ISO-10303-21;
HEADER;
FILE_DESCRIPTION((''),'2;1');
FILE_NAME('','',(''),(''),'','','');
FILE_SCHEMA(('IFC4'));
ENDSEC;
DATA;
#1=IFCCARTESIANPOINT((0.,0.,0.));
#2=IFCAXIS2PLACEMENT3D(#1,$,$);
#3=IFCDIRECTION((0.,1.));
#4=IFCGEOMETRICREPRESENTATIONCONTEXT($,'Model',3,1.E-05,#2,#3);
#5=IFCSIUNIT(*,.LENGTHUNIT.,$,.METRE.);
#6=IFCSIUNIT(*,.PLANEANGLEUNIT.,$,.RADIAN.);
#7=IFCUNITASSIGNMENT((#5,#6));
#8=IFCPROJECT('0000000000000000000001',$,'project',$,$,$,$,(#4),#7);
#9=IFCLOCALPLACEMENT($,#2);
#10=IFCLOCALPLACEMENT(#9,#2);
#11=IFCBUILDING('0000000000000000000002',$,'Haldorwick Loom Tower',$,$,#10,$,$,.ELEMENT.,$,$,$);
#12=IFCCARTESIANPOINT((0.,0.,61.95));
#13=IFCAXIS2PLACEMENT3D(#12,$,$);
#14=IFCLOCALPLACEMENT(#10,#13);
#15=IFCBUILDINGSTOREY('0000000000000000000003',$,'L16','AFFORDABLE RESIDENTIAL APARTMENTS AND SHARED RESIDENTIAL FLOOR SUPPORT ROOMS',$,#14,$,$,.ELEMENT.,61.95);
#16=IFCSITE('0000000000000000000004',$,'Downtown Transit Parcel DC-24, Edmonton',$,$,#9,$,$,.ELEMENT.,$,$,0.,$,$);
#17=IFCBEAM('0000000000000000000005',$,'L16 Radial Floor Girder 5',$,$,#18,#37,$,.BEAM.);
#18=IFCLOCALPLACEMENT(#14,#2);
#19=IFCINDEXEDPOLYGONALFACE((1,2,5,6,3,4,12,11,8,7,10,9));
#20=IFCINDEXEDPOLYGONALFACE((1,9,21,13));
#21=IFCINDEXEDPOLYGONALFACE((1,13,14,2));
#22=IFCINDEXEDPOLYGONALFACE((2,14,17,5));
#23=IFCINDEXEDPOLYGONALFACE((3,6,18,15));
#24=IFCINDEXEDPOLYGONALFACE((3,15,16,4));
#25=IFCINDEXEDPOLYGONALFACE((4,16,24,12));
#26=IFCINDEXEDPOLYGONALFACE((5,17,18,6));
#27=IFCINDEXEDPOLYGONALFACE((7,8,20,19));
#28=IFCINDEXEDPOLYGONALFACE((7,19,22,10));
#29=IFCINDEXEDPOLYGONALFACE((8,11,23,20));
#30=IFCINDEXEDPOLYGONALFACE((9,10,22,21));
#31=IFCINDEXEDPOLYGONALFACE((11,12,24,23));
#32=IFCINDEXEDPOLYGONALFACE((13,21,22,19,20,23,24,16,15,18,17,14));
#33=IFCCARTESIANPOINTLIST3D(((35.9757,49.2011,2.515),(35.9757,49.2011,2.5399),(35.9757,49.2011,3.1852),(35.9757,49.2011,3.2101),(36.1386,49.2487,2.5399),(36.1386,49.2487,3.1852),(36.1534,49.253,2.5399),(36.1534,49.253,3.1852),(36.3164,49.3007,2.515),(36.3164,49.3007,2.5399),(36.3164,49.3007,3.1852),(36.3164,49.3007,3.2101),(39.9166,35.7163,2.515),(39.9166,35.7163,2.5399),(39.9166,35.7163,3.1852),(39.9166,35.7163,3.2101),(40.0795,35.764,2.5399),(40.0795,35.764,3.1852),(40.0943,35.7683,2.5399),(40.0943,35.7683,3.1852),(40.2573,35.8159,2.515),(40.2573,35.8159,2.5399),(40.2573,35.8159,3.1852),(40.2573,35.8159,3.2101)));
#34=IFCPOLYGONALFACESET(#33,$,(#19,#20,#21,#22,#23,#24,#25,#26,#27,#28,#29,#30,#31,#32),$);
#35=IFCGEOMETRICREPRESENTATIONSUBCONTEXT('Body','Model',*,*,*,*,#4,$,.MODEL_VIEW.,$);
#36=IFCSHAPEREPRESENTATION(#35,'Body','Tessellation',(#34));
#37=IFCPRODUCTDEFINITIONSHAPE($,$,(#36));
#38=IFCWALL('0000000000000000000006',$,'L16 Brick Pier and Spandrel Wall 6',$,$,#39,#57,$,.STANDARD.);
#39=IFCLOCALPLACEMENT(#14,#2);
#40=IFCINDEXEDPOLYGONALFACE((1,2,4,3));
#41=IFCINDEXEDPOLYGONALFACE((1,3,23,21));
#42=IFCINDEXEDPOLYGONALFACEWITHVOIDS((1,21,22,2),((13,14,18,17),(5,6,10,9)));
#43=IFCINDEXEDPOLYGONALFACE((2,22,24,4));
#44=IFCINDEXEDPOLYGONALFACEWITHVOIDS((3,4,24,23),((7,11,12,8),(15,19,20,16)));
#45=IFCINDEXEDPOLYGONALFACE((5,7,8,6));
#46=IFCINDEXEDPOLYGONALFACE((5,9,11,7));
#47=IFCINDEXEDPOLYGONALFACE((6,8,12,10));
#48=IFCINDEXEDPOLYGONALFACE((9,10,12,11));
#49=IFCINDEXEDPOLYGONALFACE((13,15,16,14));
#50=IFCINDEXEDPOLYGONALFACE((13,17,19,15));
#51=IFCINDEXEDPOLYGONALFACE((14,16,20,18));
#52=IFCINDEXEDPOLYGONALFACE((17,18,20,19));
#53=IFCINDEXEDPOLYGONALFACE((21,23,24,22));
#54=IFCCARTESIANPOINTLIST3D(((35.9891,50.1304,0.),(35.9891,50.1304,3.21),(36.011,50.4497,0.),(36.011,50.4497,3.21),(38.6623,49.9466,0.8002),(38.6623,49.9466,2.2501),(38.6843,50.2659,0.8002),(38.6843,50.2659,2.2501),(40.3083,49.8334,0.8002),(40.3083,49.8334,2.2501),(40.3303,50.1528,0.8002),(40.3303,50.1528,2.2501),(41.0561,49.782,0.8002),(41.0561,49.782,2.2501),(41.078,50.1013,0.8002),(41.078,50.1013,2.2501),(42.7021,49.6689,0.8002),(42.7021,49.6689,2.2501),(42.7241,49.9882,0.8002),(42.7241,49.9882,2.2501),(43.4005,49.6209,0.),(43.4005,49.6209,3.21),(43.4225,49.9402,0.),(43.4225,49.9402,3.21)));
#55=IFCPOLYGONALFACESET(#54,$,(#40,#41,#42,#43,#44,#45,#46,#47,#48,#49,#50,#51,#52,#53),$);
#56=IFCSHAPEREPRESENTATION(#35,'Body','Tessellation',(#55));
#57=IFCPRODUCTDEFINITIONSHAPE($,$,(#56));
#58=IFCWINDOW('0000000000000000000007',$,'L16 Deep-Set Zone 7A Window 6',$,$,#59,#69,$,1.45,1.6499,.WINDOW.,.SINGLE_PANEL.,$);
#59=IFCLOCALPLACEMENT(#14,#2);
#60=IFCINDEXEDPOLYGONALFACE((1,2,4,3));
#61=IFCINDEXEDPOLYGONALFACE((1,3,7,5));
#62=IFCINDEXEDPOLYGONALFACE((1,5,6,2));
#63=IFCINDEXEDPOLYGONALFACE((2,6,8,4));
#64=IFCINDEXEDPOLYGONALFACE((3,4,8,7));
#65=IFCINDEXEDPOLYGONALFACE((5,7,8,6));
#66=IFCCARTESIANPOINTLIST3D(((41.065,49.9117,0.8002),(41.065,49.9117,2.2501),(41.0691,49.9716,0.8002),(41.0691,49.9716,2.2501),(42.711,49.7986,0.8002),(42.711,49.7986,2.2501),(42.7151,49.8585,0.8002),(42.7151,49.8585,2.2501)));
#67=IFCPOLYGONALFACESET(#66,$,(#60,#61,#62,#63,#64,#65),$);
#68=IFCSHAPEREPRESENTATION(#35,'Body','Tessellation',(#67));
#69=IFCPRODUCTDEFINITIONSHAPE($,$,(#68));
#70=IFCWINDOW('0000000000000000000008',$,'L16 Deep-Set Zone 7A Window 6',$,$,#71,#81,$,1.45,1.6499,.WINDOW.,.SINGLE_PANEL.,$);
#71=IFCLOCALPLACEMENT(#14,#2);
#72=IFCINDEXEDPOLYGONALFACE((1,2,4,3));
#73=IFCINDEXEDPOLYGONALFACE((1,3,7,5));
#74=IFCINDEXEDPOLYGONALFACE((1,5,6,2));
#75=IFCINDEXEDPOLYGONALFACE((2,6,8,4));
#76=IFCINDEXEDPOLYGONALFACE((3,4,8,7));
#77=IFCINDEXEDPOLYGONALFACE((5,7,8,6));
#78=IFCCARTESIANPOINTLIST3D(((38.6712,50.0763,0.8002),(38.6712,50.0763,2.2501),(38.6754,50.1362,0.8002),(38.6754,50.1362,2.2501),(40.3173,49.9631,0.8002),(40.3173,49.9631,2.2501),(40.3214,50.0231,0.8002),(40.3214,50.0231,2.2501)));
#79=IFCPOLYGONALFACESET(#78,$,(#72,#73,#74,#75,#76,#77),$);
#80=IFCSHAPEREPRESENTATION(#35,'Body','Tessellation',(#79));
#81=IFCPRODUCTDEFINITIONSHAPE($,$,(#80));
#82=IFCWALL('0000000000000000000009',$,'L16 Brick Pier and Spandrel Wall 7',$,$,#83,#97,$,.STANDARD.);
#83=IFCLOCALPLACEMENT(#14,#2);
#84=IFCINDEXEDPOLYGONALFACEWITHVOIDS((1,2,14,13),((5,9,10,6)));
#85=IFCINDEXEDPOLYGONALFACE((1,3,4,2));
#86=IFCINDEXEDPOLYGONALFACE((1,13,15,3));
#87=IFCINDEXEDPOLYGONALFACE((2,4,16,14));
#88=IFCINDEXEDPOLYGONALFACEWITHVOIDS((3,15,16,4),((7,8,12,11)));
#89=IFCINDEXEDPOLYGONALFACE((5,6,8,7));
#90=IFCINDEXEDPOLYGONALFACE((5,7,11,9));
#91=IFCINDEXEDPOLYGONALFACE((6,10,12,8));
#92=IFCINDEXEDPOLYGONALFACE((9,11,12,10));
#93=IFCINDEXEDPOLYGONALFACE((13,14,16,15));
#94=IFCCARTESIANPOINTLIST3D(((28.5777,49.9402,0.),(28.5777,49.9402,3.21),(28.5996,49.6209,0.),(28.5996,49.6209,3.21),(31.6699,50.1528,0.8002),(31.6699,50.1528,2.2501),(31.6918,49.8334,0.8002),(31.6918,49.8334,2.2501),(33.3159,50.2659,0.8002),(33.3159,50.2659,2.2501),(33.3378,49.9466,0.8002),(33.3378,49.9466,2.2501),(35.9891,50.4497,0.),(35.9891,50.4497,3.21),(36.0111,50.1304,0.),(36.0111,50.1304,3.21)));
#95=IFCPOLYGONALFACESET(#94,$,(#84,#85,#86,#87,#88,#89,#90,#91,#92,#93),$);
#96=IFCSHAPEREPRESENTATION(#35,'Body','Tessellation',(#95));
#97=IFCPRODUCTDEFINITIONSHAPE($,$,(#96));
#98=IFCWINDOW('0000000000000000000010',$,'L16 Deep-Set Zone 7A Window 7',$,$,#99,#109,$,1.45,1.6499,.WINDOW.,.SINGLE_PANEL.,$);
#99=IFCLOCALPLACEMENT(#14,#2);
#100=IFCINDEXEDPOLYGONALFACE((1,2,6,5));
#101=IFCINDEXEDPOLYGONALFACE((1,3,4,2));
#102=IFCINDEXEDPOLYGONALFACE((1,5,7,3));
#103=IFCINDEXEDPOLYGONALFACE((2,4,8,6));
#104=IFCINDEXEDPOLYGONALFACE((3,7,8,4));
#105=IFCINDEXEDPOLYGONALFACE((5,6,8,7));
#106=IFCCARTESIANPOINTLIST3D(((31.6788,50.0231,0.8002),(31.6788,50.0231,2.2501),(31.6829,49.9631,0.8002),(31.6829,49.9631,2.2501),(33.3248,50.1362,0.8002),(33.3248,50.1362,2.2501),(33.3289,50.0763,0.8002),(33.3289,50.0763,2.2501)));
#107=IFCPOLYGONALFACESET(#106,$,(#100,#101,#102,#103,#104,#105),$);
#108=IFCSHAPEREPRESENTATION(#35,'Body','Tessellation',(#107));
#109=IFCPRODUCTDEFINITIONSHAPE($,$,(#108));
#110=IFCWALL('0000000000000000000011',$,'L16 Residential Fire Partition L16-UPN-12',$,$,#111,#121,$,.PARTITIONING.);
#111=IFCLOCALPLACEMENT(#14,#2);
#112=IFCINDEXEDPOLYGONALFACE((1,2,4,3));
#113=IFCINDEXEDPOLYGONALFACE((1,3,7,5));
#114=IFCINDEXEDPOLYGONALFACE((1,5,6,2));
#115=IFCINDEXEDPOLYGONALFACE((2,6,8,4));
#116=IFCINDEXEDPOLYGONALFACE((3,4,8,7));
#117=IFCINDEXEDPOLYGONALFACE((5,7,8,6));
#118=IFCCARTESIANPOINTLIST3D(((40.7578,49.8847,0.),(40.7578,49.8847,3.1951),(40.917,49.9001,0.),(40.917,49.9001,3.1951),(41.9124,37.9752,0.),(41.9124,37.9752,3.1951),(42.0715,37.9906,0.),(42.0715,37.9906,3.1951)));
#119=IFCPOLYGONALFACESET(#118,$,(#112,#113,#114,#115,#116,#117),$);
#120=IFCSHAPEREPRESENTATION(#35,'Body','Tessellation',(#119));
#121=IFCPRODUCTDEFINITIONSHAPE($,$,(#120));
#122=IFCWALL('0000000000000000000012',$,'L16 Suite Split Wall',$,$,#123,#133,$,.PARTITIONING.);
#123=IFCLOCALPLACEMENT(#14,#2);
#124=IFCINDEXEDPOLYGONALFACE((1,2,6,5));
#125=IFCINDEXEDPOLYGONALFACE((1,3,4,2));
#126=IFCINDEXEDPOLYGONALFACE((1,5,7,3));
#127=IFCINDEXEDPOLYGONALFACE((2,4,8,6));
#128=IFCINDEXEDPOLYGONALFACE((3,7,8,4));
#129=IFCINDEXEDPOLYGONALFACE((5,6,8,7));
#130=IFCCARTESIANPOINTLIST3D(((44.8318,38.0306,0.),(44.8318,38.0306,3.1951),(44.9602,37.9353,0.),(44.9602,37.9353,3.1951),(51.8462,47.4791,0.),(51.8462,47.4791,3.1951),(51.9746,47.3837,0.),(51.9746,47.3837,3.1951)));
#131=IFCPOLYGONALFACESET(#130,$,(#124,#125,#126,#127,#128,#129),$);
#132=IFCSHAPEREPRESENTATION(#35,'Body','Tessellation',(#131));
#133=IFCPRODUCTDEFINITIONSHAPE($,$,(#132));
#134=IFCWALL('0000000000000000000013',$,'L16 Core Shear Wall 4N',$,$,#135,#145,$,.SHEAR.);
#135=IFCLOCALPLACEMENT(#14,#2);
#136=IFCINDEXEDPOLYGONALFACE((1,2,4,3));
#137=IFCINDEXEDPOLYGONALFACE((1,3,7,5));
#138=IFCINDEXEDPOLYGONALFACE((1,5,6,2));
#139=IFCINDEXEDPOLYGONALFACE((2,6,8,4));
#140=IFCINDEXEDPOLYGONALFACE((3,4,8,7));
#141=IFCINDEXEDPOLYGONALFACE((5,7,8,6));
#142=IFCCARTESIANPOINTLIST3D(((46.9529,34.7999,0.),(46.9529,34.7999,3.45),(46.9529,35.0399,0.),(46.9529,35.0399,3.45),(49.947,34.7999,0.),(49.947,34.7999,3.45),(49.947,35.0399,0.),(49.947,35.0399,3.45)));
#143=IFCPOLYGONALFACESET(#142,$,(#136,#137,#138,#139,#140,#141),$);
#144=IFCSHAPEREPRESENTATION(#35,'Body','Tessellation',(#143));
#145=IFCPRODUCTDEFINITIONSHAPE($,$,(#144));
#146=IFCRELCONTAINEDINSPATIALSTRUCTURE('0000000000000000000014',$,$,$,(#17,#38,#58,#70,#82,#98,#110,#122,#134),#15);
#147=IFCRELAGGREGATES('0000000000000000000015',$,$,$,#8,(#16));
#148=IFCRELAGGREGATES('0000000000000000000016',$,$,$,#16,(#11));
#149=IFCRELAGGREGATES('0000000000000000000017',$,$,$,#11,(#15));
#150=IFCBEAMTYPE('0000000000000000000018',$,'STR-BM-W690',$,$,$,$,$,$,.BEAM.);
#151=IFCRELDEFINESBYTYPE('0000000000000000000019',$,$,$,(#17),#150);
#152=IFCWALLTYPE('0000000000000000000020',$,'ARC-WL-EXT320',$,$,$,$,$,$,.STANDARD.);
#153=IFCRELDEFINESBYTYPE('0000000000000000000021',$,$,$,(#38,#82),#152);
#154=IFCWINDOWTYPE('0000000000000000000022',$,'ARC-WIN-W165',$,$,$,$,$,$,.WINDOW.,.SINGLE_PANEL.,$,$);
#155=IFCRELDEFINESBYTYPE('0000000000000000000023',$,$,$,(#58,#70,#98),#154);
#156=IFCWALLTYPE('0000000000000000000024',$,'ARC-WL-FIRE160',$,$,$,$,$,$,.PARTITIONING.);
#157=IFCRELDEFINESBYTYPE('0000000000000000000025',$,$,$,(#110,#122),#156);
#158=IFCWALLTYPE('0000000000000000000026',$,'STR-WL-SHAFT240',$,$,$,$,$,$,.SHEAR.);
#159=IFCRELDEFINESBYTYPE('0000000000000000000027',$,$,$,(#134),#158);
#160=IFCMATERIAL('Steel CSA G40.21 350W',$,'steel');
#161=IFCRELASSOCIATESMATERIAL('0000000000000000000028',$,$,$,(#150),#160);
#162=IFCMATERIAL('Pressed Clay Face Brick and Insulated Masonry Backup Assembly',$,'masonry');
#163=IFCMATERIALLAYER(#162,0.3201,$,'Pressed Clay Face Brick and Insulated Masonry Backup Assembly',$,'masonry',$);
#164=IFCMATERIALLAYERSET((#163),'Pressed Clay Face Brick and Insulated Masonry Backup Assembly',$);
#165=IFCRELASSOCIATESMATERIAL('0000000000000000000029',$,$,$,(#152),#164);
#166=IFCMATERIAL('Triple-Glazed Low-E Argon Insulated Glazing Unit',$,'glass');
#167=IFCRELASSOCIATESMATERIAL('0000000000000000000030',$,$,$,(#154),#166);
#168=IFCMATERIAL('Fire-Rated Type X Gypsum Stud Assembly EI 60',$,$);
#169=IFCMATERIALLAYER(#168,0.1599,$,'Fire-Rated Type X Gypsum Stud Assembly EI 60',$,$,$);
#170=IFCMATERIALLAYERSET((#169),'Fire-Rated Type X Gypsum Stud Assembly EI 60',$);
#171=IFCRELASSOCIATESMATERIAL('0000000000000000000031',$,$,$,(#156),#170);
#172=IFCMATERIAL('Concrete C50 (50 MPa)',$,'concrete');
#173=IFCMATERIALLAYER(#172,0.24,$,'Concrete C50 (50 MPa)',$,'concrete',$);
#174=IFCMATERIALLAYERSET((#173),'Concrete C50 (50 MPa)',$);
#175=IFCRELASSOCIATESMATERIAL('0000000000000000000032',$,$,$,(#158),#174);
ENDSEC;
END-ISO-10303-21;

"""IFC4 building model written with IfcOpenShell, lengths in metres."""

from ifc_helpers import new_model, si_unit, direction, frame, frame_2d, origin, origin_2d, place, context, subcontext, project, spatial, rectangle, i_section, extrude, material, layer, layer_set, material_profile, profile_set, type_object, element, fill, save


model = new_model("IFC4")

# Units and contexts
model_context = context("Model", 3, precision=1e-05, world=origin(), true_north=direction((0.0, 1.0)))
body_context = subcontext(model_context, "Body", "Model", "MODEL_VIEW")
ifc_project = project(units=[si_unit("LENGTHUNIT", "METRE"), si_unit("PLANEANGLEUNIT", "RADIAN")], contexts=[model_context])

# Site, building, storey
site_placement = place(None, origin())
site = spatial("IfcSite", under=ifc_project, at=site_placement, Name="Downtown Transit Parcel DC-24, Edmonton", CompositionType="ELEMENT", RefElevation=0.0)
building_placement = place(site_placement, origin())
building = spatial("IfcBuilding", under=site, at=building_placement, Name="Haldorwick Loom Tower", CompositionType="ELEMENT")
storey_placement = place(building_placement, frame((0.0, 0.0, 61.95)))
storey = spatial("IfcBuildingStorey", under=building, at=storey_placement, Name="L16", Description="AFFORDABLE RESIDENTIAL APARTMENTS AND SHARED RESIDENTIAL FLOOR SUPPORT ROOMS", CompositionType="ELEMENT", Elevation=61.95)

# Beam
ifc_material_1 = material(Name="Steel CSA G40.21 350W", Category="steel")
ifc_material_profile_1 = material_profile(ifc_material_1, i_section(OverallWidth=0.355, OverallDepth=0.6951, WebThickness=0.0154, FlangeThickness=0.0249, at=origin_2d()), Name="W690X217", Category="steel")
ifc_profile_set_1 = profile_set([ifc_material_profile_1], Name="Steel CSA G40.21 350W")
beam_type_1 = type_object("IfcBeamType", Name="STR-BM-W690", PredefinedType="BEAM", material=ifc_profile_set_1)
beam_1_placement = place(storey_placement, frame((40.0869, 35.7661, 2.8625), z_axis=(-0.280514, 0.95985, 0.0), x_axis=(-0.95985, -0.280514, 0.0)))
element("IfcBeam", 1, at=beam_1_placement, inside=storey, type_object=beam_type_1, Name="L16 Radial Floor Girder 5", PredefinedType="BEAM", context=body_context, shape_type="SweptSolid", body=[
    extrude(i_section(OverallWidth=0.355, OverallDepth=0.6951, WebThickness=0.0154, FlangeThickness=0.0249, at=origin_2d()), origin(), (0.0, 0.0, 1.0), 14.0488),
])

# Wall, openings, windows
ifc_material_2 = material(Name="Pressed Clay Face Brick and Insulated Masonry Backup Assembly", Category="masonry")
ifc_layer_1 = layer(ifc_material_2, 0.3201, Name="Pressed Clay Face Brick and Insulated Masonry Backup Assembly", Category="masonry")
ifc_layer_set_1 = layer_set([ifc_layer_1], Name="Pressed Clay Face Brick and Insulated Masonry Backup Assembly")
wall_type_1 = type_object("IfcWallType", Name="ARC-WL-EXT320", PredefinedType="STANDARD", material=ifc_layer_set_1)
wall_1_placement = place(storey_placement, frame((43.4114, 49.7805, 0.0), z_axis=(0.0, 0.0, 1.0), x_axis=(-0.997645, 0.068587, 0.0)))
wall_1 = element("IfcWall", 2, at=wall_1_placement, inside=storey, type_object=wall_type_1, Name="L16 Brick Pier and Spandrel Wall 6", PredefinedType="STANDARD", context=body_context, shape_type="SweptSolid", body=[
    extrude(rectangle(XDim=7.429, YDim=0.3201, at=frame_2d((3.7144, 0.0))), origin(), (0.0, 0.0, 1.0), 3.21),
])
opening_1_placement = place(wall_1_placement, frame((0.7, 0.0, 0.8)))
opening_1 = element("IfcOpeningElement", 3, at=opening_1_placement, cuts=wall_1, PredefinedType="OPENING", context=body_context, shape_type="SweptSolid", body=[
    extrude(rectangle(XDim=1.6499, YDim=1.45, at=frame_2d((0.825, 0.7251))), frame((0.0, 0.1699, 0.0), z_axis=(0.0, -1.0, 0.0), x_axis=(1.0, 0.0, 0.0)), (0.0, 0.0, 1.0), 0.3401),
])
opening_2_placement = place(wall_1_placement, frame((3.0994, 0.0, 0.8)))
opening_2 = element("IfcOpeningElement", 4, at=opening_2_placement, cuts=wall_1, PredefinedType="OPENING", context=body_context, shape_type="SweptSolid", body=[
    extrude(rectangle(XDim=1.6499, YDim=1.45, at=frame_2d((0.825, 0.7251))), frame((0.0, 0.1699, 0.0), z_axis=(0.0, -1.0, 0.0), x_axis=(1.0, 0.0, 0.0)), (0.0, 0.0, 1.0), 0.3401),
])
ifc_material_3 = material(Name="Triple-Glazed Low-E Argon Insulated Glazing Unit", Category="glass")
window_type = type_object("IfcWindowType", Name="ARC-WIN-W165", PartitioningType="SINGLE_PANEL", PredefinedType="WINDOW", material=ifc_material_3)
window_1_placement = place(opening_1_placement, origin())
window_1 = element("IfcWindow", 5, at=window_1_placement, inside=storey, type_object=window_type, Name="L16 Deep-Set Zone 7A Window 6", OverallHeight=1.45, OverallWidth=1.6499, PartitioningType="SINGLE_PANEL", PredefinedType="WINDOW", context=body_context, shape_type="SweptSolid", body=[
    extrude(rectangle(XDim=1.6499, YDim=1.45, at=frame_2d((0.825, 0.7251))), frame((0.0, 0.03, 0.0), z_axis=(0.0, -1.0, 0.0), x_axis=(1.0, 0.0, 0.0)), (0.0, 0.0, 1.0), 0.0601),
])
fill(opening_1, window_1)
window_2_placement = place(opening_2_placement, origin())
window_2 = element("IfcWindow", 6, at=window_2_placement, inside=storey, type_object=window_type, Name="L16 Deep-Set Zone 7A Window 6", OverallHeight=1.45, OverallWidth=1.6499, PartitioningType="SINGLE_PANEL", PredefinedType="WINDOW", context=body_context, shape_type="SweptSolid", body=[
    extrude(rectangle(XDim=1.6499, YDim=1.45, at=frame_2d((0.825, 0.7251))), frame((0.0, 0.03, 0.0), z_axis=(0.0, -1.0, 0.0), x_axis=(1.0, 0.0, 0.0)), (0.0, 0.0, 1.0), 0.0601),
])
fill(opening_2, window_2)

# Wall, opening, window
wall_2_placement = place(storey_placement, frame((36.0, 50.29, 0.0), z_axis=(0.0, 0.0, 1.0), x_axis=(-0.997645, -0.068587, 0.0)))
wall_2 = element("IfcWall", 7, at=wall_2_placement, inside=storey, type_object=wall_type_1, Name="L16 Brick Pier and Spandrel Wall 7", PredefinedType="STANDARD", context=body_context, shape_type="SweptSolid", body=[
    extrude(rectangle(XDim=7.429, YDim=0.3201, at=frame_2d((3.7144, 0.0))), origin(), (0.0, 0.0, 1.0), 3.21),
])
opening_3_placement = place(wall_2_placement, frame((2.6794, 0.0, 0.8)))
opening_3 = element("IfcOpeningElement", 8, at=opening_3_placement, cuts=wall_2, PredefinedType="OPENING", context=body_context, shape_type="SweptSolid", body=[
    extrude(rectangle(XDim=1.6499, YDim=1.45, at=frame_2d((0.825, 0.7251))), frame((0.0, 0.1699, 0.0), z_axis=(0.0, -1.0, 0.0), x_axis=(1.0, 0.0, 0.0)), (0.0, 0.0, 1.0), 0.3401),
])
window_3_placement = place(opening_3_placement, origin())
window_3 = element("IfcWindow", 9, at=window_3_placement, inside=storey, type_object=window_type, Name="L16 Deep-Set Zone 7A Window 7", OverallHeight=1.45, OverallWidth=1.6499, PartitioningType="SINGLE_PANEL", PredefinedType="WINDOW", context=body_context, shape_type="SweptSolid", body=[
    extrude(rectangle(XDim=1.6499, YDim=1.45, at=frame_2d((0.825, 0.7251))), frame((0.0, 0.03, 0.0), z_axis=(0.0, -1.0, 0.0), x_axis=(1.0, 0.0, 0.0)), (0.0, 0.0, 1.0), 0.0601),
])
fill(opening_3, window_3)

# Walls
ifc_material_4 = material(Name="Fire-Rated Type X Gypsum Stud Assembly EI 60")
ifc_layer_2 = layer(ifc_material_4, 0.1599, Name="Fire-Rated Type X Gypsum Stud Assembly EI 60")
ifc_layer_set_2 = layer_set([ifc_layer_2], Name="Fire-Rated Type X Gypsum Stud Assembly EI 60")
wall_type_2 = type_object("IfcWallType", Name="ARC-WL-FIRE160", PredefinedType="PARTITIONING", material=ifc_layer_set_2)
wall_3_placement = place(storey_placement, frame((41.9919, 37.9829, 0.0), z_axis=(0.0, 0.0, 1.0), x_axis=(-0.096491, 0.995334, 0.0)))
element("IfcWall", 10, at=wall_3_placement, inside=storey, type_object=wall_type_2, Name="L16 Residential Fire Partition L16-UPN-12", PredefinedType="PARTITIONING", context=body_context, shape_type="SweptSolid", body=[
    extrude(rectangle(XDim=11.9653, YDim=0.1599, at=frame_2d((5.9827, 0.0))), origin(), (0.0, 0.0, 1.0), 3.1951),
])
wall_4_placement = place(storey_placement, frame((44.896, 37.9829, 0.0), z_axis=(0.0, 0.0, 1.0), x_axis=(0.596079, 0.802926, 0.0)))
element("IfcWall", 11, at=wall_4_placement, inside=storey, type_object=wall_type_2, Name="L16 Suite Split Wall", PredefinedType="PARTITIONING", context=body_context, shape_type="SweptSolid", body=[
    extrude(rectangle(XDim=11.7676, YDim=0.1599, at=frame_2d((5.8838, 0.0))), origin(), (0.0, 0.0, 1.0), 3.1951),
])
ifc_material_5 = material(Name="Concrete C50 (50 MPa)", Category="concrete")
ifc_layer_3 = layer(ifc_material_5, 0.24, Name="Concrete C50 (50 MPa)", Category="concrete")
ifc_layer_set_3 = layer_set([ifc_layer_3], Name="Concrete C50 (50 MPa)")
wall_type_3 = type_object("IfcWallType", Name="STR-WL-SHAFT240", PredefinedType="SHEAR", material=ifc_layer_set_3)
wall_5_placement = place(storey_placement, frame((46.9529, 34.9199, 0.0), z_axis=(0.0, 0.0, 1.0), x_axis=(1.0, 0.0, 0.0)))
element("IfcWall", 12, at=wall_5_placement, inside=storey, type_object=wall_type_3, Name="L16 Core Shear Wall 4N", PredefinedType="SHEAR", context=body_context, shape_type="SweptSolid", body=[
    extrude(rectangle(XDim=2.9941, YDim=0.24, at=frame_2d((1.4971, 0.0))), origin(), (0.0, 0.0, 1.0), 3.45),
])

save(model, "model.ifc")
